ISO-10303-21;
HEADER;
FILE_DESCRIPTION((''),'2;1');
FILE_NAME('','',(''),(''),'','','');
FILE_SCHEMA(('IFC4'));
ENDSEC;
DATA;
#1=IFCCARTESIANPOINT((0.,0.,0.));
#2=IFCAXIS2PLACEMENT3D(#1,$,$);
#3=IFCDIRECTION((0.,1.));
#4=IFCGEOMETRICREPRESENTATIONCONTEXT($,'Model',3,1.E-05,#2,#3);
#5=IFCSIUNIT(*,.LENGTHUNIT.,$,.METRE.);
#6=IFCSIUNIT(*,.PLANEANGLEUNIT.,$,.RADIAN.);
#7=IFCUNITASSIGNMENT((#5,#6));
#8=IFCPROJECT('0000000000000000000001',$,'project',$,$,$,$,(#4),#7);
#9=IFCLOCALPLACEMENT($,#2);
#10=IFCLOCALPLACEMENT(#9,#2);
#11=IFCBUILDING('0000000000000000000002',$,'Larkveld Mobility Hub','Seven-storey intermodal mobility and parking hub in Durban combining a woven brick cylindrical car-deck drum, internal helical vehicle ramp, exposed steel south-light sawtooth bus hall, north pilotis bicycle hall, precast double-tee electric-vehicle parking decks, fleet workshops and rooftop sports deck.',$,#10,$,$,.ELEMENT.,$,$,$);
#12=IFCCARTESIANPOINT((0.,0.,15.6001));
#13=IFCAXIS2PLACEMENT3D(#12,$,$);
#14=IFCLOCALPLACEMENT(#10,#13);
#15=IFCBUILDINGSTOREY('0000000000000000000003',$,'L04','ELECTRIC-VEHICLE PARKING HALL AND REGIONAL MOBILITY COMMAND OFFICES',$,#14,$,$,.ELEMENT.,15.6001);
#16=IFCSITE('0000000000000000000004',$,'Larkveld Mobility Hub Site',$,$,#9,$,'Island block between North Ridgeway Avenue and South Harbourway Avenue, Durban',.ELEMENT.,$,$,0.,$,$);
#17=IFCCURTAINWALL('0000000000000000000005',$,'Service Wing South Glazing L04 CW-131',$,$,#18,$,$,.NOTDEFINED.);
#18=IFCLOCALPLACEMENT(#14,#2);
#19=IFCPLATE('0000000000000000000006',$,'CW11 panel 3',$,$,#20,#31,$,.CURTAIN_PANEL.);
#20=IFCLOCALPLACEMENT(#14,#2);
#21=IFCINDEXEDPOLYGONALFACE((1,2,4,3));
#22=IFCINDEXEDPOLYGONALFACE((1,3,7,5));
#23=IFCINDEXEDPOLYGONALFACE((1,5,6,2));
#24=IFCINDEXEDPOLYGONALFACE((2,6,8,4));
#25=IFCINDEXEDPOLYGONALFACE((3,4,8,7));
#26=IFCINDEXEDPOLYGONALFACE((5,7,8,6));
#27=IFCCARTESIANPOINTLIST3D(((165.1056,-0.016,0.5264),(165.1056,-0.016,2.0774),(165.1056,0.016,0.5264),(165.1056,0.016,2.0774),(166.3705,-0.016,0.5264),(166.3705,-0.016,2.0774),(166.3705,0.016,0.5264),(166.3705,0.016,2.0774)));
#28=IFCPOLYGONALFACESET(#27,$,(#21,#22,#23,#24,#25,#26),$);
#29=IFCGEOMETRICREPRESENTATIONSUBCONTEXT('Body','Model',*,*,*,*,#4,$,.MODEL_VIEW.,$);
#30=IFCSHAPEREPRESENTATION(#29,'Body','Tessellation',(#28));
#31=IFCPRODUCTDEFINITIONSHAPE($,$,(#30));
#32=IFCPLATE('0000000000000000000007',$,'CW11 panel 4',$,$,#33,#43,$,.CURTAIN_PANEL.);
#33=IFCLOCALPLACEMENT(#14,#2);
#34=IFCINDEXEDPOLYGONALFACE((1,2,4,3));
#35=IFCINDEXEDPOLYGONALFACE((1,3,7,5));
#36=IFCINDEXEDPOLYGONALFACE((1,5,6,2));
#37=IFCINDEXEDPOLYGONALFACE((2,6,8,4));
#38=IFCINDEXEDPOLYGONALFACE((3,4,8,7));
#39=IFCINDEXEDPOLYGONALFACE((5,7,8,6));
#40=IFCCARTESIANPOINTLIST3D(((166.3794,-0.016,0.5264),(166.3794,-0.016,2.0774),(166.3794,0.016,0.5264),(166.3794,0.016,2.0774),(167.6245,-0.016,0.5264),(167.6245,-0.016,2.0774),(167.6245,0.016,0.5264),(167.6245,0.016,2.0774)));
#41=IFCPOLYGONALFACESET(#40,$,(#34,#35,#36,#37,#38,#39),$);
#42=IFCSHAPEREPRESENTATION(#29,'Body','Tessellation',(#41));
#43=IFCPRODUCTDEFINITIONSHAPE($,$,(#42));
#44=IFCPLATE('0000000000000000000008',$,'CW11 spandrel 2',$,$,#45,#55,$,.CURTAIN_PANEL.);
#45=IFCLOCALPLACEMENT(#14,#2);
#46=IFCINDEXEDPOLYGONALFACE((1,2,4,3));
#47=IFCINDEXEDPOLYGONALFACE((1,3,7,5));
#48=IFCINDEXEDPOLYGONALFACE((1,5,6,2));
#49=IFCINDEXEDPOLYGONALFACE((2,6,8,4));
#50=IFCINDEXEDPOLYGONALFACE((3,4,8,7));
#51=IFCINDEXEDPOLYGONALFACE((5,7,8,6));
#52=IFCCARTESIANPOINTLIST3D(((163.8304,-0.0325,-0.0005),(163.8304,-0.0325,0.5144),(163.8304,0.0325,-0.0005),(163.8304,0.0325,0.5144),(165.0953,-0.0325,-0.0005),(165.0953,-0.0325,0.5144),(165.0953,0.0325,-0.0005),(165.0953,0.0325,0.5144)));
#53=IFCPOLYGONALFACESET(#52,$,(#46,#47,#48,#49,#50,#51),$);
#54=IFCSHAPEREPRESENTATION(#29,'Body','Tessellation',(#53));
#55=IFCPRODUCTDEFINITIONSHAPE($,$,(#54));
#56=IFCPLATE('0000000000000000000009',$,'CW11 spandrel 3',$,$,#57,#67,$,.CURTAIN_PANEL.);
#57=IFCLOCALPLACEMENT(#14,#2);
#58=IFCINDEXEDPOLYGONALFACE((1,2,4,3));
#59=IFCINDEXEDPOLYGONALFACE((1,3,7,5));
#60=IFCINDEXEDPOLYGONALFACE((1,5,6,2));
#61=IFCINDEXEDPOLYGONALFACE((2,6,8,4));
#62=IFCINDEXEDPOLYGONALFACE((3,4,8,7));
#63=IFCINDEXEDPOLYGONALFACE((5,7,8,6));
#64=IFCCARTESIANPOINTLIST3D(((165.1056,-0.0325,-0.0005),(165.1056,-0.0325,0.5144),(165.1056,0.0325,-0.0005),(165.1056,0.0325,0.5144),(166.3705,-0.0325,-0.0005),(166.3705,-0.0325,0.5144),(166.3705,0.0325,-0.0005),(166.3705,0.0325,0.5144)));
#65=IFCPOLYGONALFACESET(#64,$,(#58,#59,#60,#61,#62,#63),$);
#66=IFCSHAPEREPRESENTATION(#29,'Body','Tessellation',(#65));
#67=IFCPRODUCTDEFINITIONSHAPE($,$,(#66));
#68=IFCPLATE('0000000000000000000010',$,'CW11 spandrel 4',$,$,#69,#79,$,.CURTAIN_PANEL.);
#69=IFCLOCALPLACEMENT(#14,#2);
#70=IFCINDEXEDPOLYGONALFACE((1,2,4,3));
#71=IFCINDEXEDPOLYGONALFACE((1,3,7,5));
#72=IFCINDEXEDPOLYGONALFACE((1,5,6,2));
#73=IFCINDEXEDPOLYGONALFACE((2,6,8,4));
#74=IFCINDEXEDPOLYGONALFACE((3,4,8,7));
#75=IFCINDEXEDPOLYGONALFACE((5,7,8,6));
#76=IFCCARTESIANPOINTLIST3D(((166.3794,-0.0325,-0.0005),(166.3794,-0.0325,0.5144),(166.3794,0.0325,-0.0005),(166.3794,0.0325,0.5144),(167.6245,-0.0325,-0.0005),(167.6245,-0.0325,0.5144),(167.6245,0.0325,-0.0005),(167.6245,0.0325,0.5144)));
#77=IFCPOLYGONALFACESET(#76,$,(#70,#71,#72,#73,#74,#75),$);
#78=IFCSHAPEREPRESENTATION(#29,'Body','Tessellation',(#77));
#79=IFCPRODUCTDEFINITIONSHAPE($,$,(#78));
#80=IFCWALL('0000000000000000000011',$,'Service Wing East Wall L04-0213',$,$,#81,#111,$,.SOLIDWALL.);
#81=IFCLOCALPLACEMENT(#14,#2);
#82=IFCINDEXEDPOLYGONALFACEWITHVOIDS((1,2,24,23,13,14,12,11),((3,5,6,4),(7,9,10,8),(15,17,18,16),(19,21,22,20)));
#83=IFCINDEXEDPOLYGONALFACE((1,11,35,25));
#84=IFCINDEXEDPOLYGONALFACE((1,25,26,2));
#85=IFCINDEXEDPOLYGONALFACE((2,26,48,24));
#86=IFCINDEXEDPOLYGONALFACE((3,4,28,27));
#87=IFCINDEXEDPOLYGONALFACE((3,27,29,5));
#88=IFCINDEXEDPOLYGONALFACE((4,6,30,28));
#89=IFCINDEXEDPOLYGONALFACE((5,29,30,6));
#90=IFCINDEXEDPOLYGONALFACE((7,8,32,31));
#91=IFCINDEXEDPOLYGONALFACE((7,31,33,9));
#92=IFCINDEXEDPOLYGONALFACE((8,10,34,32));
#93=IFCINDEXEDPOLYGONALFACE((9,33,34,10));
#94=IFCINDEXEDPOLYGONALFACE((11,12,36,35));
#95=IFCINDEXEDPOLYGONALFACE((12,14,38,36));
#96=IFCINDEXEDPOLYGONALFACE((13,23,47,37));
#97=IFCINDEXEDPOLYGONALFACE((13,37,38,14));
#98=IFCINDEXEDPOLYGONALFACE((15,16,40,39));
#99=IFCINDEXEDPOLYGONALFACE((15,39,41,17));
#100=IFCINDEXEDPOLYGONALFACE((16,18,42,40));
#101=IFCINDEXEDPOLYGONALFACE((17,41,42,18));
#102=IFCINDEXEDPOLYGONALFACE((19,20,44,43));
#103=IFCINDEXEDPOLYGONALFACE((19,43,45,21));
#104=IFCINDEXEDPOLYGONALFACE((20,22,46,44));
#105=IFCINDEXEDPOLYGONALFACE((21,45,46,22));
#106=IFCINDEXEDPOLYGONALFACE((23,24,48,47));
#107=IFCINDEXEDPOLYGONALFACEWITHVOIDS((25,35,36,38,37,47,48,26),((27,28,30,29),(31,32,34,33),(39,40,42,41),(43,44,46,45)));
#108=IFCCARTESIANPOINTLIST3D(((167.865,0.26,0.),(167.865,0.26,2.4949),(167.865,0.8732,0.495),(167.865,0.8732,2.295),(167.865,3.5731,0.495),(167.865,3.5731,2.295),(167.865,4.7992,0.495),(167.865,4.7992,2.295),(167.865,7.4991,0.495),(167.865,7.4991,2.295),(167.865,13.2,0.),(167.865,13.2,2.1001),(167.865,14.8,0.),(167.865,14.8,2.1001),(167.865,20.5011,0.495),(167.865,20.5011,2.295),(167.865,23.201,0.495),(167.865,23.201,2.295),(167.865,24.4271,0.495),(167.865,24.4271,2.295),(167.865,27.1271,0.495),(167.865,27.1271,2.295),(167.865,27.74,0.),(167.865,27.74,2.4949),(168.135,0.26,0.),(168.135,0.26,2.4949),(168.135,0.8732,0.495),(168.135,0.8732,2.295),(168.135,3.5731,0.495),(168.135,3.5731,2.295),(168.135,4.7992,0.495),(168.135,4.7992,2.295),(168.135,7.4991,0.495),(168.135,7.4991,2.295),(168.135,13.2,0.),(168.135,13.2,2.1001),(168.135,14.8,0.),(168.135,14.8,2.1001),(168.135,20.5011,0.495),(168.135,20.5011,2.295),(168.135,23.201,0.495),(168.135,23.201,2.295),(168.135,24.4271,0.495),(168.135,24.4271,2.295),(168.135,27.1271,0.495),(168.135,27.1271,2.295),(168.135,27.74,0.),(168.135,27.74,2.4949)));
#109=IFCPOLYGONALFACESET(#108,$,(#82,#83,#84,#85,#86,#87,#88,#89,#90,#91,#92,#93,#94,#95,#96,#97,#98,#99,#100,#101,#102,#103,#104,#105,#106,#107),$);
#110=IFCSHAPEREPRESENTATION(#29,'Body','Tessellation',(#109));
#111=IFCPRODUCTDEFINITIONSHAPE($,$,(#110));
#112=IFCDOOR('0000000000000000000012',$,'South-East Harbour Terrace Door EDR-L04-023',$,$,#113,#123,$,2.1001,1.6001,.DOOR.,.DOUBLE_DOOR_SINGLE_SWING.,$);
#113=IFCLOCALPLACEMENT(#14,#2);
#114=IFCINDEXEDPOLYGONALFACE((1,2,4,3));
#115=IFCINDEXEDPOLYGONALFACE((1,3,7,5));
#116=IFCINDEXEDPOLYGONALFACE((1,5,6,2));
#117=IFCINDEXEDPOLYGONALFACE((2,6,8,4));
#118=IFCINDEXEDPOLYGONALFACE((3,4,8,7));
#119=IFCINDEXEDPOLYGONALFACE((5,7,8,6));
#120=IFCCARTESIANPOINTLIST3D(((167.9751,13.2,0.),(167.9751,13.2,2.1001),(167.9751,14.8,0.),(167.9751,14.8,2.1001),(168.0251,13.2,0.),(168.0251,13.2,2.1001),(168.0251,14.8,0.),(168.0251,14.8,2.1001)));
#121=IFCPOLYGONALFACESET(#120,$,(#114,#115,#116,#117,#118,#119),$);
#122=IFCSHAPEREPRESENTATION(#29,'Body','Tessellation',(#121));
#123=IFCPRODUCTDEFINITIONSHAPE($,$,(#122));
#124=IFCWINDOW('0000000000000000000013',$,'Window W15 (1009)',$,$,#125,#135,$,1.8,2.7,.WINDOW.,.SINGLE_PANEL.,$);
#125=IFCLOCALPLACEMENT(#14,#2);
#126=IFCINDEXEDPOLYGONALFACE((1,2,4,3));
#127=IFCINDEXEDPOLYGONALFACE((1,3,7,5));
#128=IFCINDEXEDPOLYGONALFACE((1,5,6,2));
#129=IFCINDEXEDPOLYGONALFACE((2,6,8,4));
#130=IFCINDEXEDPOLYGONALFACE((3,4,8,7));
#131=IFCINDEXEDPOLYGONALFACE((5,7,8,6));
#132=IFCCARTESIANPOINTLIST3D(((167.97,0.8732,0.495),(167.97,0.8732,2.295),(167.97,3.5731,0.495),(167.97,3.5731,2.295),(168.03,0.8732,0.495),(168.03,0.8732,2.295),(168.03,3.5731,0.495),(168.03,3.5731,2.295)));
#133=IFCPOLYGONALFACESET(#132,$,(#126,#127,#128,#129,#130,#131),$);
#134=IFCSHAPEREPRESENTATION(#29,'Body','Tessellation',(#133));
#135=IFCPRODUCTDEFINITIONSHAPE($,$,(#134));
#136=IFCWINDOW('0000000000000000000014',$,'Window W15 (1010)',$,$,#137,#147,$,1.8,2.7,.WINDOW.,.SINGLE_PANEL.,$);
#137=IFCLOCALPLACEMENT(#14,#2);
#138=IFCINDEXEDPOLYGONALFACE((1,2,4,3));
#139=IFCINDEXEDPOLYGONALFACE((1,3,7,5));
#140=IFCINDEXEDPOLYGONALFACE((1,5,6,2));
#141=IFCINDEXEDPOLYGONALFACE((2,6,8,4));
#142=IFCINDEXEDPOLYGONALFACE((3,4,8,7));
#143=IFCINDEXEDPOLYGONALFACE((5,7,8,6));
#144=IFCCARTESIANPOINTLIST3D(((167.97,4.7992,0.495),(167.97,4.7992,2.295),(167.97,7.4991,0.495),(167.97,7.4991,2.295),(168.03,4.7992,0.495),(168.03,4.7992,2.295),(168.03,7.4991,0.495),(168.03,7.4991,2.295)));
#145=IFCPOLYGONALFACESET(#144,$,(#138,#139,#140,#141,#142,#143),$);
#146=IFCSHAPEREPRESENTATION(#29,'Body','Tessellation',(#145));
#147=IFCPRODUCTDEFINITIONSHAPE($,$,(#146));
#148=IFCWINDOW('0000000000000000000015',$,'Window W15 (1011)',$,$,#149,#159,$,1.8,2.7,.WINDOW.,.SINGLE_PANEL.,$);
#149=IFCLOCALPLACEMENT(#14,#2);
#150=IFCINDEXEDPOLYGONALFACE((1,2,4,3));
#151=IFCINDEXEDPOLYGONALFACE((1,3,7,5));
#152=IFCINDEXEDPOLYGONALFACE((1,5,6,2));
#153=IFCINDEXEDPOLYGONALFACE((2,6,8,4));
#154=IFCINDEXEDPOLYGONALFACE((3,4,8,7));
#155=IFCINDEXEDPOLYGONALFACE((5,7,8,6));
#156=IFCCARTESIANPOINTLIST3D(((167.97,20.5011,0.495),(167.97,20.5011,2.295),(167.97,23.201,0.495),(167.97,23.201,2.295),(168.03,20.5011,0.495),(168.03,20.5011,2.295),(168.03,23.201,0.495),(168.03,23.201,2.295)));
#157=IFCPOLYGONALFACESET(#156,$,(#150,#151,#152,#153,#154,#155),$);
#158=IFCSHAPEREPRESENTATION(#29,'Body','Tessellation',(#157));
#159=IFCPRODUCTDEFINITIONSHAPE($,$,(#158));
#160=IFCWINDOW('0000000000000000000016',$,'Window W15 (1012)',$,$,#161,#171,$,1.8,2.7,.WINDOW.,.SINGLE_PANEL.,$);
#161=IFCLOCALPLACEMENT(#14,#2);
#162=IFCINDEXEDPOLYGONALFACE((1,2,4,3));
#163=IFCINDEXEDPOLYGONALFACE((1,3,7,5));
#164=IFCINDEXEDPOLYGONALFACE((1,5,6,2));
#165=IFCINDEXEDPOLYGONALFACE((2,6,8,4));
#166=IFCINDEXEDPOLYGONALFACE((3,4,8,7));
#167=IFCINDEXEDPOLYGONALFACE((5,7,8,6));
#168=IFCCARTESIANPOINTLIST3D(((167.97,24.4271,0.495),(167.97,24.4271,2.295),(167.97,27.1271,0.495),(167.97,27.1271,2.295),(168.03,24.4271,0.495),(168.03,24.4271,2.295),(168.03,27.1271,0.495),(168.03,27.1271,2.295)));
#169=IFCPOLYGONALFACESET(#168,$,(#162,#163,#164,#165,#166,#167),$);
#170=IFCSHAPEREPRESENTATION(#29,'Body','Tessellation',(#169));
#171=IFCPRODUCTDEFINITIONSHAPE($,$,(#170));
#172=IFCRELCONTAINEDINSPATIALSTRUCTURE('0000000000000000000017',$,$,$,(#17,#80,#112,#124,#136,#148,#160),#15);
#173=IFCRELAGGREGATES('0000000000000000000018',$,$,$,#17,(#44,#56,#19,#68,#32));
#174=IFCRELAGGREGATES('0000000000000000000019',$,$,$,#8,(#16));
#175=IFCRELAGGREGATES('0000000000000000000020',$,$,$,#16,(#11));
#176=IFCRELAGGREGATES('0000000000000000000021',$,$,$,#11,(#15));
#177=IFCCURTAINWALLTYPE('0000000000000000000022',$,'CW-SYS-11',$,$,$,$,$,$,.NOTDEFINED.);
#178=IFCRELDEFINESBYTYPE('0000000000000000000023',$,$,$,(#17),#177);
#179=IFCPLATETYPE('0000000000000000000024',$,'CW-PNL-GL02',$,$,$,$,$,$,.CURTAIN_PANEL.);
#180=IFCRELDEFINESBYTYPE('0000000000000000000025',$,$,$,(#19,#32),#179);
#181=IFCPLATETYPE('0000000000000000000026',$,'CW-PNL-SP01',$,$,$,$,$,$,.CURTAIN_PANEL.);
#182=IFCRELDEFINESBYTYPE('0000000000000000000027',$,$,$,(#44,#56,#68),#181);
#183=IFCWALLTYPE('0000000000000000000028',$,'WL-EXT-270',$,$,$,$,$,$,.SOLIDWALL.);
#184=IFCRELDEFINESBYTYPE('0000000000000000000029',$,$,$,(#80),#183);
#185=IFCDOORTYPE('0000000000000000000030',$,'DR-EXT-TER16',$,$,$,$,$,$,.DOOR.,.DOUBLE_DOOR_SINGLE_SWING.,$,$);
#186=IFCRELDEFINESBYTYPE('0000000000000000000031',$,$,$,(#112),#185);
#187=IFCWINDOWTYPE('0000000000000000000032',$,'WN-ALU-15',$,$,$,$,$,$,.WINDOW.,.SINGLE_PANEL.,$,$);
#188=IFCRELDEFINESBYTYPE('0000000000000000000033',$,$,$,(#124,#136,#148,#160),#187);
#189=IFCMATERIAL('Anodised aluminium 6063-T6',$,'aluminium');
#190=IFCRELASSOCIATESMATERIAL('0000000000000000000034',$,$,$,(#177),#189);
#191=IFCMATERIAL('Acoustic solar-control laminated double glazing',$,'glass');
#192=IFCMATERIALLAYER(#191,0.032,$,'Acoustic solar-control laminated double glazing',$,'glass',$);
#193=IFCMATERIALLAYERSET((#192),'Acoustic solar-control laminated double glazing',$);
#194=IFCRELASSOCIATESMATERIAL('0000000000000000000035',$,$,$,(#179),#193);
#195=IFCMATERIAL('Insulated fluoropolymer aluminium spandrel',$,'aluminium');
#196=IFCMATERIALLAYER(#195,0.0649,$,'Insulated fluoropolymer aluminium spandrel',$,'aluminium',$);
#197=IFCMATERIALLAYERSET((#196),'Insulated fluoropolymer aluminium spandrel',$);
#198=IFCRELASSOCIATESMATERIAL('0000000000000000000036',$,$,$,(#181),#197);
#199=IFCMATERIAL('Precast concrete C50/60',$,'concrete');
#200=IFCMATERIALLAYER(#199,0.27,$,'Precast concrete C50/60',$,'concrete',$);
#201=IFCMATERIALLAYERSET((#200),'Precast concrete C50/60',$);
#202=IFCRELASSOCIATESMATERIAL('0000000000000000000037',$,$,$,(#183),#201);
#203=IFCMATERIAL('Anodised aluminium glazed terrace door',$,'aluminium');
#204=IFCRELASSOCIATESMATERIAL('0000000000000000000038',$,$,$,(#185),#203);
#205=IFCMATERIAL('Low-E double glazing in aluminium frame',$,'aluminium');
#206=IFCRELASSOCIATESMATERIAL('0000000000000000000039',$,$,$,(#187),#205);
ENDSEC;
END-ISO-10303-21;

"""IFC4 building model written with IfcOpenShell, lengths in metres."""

from ifc_helpers import new_model, si_unit, direction, frame, frame_2d, origin, origin_2d, place, context, subcontext, project, spatial, rectangle, extrude, material, layer, layer_set, type_object, element, fill, aggregate, save


model = new_model("IFC4")

# Units and contexts
model_context = context("Model", 3, precision=1e-05, world=origin(), true_north=direction((0.0, 1.0)))
body_context = subcontext(model_context, "Body", "Model", "MODEL_VIEW")
ifc_project = project(units=[si_unit("LENGTHUNIT", "METRE"), si_unit("PLANEANGLEUNIT", "RADIAN")], contexts=[model_context])

# Site, building, storey
site_placement = place(None, origin())
site = spatial("IfcSite", under=ifc_project, at=site_placement, Name="Larkveld Mobility Hub Site", LongName="Island block between North Ridgeway Avenue and South Harbourway Avenue, Durban", CompositionType="ELEMENT", RefElevation=0.0)
building_placement = place(site_placement, origin())
building = spatial("IfcBuilding", under=site, at=building_placement, Name="Larkveld Mobility Hub", Description="Seven-storey intermodal mobility and parking hub in Durban combining a woven brick cylindrical car-deck drum, internal helical vehicle ramp, exposed steel south-light sawtooth bus hall, north pilotis bicycle hall, precast double-tee electric-vehicle parking decks, fleet workshops and rooftop sports deck.", CompositionType="ELEMENT")
storey_placement = place(building_placement, frame((0.0, 0.0, 15.6001)))
storey = spatial("IfcBuildingStorey", under=building, at=storey_placement, Name="L04", Description="ELECTRIC-VEHICLE PARKING HALL AND REGIONAL MOBILITY COMMAND OFFICES", CompositionType="ELEMENT", Elevation=15.6001)

# Curtain wall, plates
ifc_material_1 = material(Name="Anodised aluminium 6063-T6", Category="aluminium")
curtain_wall_type = type_object("IfcCurtainWallType", Name="CW-SYS-11", PredefinedType="NOTDEFINED", material=ifc_material_1)
curtain_wall_placement = place(storey_placement, origin())
curtain_wall = element("IfcCurtainWall", 1, at=curtain_wall_placement, inside=storey, type_object=curtain_wall_type, Name="Service Wing South Glazing L04 CW-131", PredefinedType="NOTDEFINED")
ifc_material_2 = material(Name="Acoustic solar-control laminated double glazing", Category="glass")
ifc_layer_1 = layer(ifc_material_2, 0.032, Name="Acoustic solar-control laminated double glazing", Category="glass")
ifc_layer_set_1 = layer_set([ifc_layer_1], Name="Acoustic solar-control laminated double glazing")
plate_type_1 = type_object("IfcPlateType", Name="CW-PNL-GL02", PredefinedType="CURTAIN_PANEL", material=ifc_layer_set_1)
plate_1_placement = place(storey_placement, frame((165.738, 0.0, 0.5264), z_axis=(0.0, 0.0, 1.0), x_axis=(1.0, 0.0, 0.0)))
plate_1 = element("IfcPlate", 2, at=plate_1_placement, type_object=plate_type_1, Name="CW11 panel 3", PredefinedType="CURTAIN_PANEL", context=body_context, shape_type="SweptSolid", body=[
    extrude(rectangle(XDim=1.2649, YDim=0.032, at=origin_2d()), origin(), (0.0, 0.0, 1.0), 1.551),
])
plate_2_placement = place(storey_placement, frame((167.002, 0.0, 0.5264), z_axis=(0.0, 0.0, 1.0), x_axis=(1.0, 0.0, 0.0)))
plate_2 = element("IfcPlate", 3, at=plate_2_placement, type_object=plate_type_1, Name="CW11 panel 4", PredefinedType="CURTAIN_PANEL", context=body_context, shape_type="SweptSolid", body=[
    extrude(rectangle(XDim=1.2451, YDim=0.032, at=origin_2d()), origin(), (0.0, 0.0, 1.0), 1.551),
])
ifc_material_3 = material(Name="Insulated fluoropolymer aluminium spandrel", Category="aluminium")
ifc_layer_2 = layer(ifc_material_3, 0.0649, Name="Insulated fluoropolymer aluminium spandrel", Category="aluminium")
ifc_layer_set_2 = layer_set([ifc_layer_2], Name="Insulated fluoropolymer aluminium spandrel")
plate_type_2 = type_object("IfcPlateType", Name="CW-PNL-SP01", PredefinedType="CURTAIN_PANEL", material=ifc_layer_set_2)
plate_3_placement = place(storey_placement, frame((164.4629, 0.0, -0.0005), z_axis=(0.0, 0.0, 1.0), x_axis=(1.0, 0.0, 0.0)))
plate_3 = element("IfcPlate", 4, at=plate_3_placement, type_object=plate_type_2, Name="CW11 spandrel 2", PredefinedType="CURTAIN_PANEL", context=body_context, shape_type="SweptSolid", body=[
    extrude(rectangle(XDim=1.2649, YDim=0.0649, at=origin_2d()), origin(), (0.0, 0.0, 1.0), 0.5149),
])
plate_4_placement = place(storey_placement, frame((165.738, 0.0, -0.0005), z_axis=(0.0, 0.0, 1.0), x_axis=(1.0, 0.0, 0.0)))
plate_4 = element("IfcPlate", 5, at=plate_4_placement, type_object=plate_type_2, Name="CW11 spandrel 3", PredefinedType="CURTAIN_PANEL", context=body_context, shape_type="SweptSolid", body=[
    extrude(rectangle(XDim=1.2649, YDim=0.0649, at=origin_2d()), origin(), (0.0, 0.0, 1.0), 0.5149),
])
plate_5_placement = place(storey_placement, frame((167.002, 0.0, -0.0005), z_axis=(0.0, 0.0, 1.0), x_axis=(1.0, 0.0, 0.0)))
plate_5 = element("IfcPlate", 6, at=plate_5_placement, type_object=plate_type_2, Name="CW11 spandrel 4", PredefinedType="CURTAIN_PANEL", context=body_context, shape_type="SweptSolid", body=[
    extrude(rectangle(XDim=1.2451, YDim=0.0649, at=origin_2d()), origin(), (0.0, 0.0, 1.0), 0.5149),
])
aggregate(curtain_wall, [plate_3, plate_4, plate_1, plate_5, plate_2])

# Wall, openings, door, windows
ifc_material_4 = material(Name="Precast concrete C50/60", Category="concrete")
ifc_layer_3 = layer(ifc_material_4, 0.27, Name="Precast concrete C50/60", Category="concrete")
ifc_layer_set_3 = layer_set([ifc_layer_3], Name="Precast concrete C50/60")
wall_type_1 = type_object("IfcWallType", Name="WL-EXT-270", PredefinedType="SOLIDWALL", material=ifc_layer_set_3)
wall_1_placement = place(storey_placement, frame((168.0, 0.26, 0.0), z_axis=(0.0, 0.0, 1.0), x_axis=(0.0, 1.0, 0.0)))
wall_1 = element("IfcWall", 7, at=wall_1_placement, inside=storey, type_object=wall_type_1, Name="Service Wing East Wall L04-0213", PredefinedType="SOLIDWALL", context=body_context, shape_type="SweptSolid", body=[
    extrude(rectangle(XDim=27.48, YDim=0.27, at=frame_2d((13.74, 0.0))), origin(), (0.0, 0.0, 1.0), 2.4949),
])
opening_1_placement = place(wall_1_placement, frame((12.9399, 0.0, 0.0)))
opening_1 = element("IfcOpeningElement", 8, at=opening_1_placement, cuts=wall_1, PredefinedType="OPENING", context=body_context, shape_type="SweptSolid", body=[
    extrude(rectangle(XDim=1.6001, YDim=2.1001, at=frame_2d((0.8, 1.05))), frame((0.0, 0.145, 0.0), z_axis=(0.0, -1.0, 0.0), x_axis=(1.0, 0.0, 0.0)), (0.0, 0.0, 1.0), 0.29),
])
opening_2_placement = place(wall_1_placement, frame((0.613, 0.0, 0.4951)))
opening_2 = element("IfcOpeningElement", 9, at=opening_2_placement, cuts=wall_1, PredefinedType="OPENING", context=body_context, shape_type="SweptSolid", body=[
    extrude(rectangle(XDim=2.7, YDim=1.8, at=frame_2d((1.3501, 0.8999))), frame((0.0, 0.145, 0.0), z_axis=(0.0, -1.0, 0.0), x_axis=(1.0, 0.0, 0.0)), (0.0, 0.0, 1.0), 0.29),
])
opening_3_placement = place(wall_1_placement, frame((4.5391, 0.0, 0.4951)))
opening_3 = element("IfcOpeningElement", 10, at=opening_3_placement, cuts=wall_1, PredefinedType="OPENING", context=body_context, shape_type="SweptSolid", body=[
    extrude(rectangle(XDim=2.7, YDim=1.8, at=frame_2d((1.3501, 0.8999))), frame((0.0, 0.145, 0.0), z_axis=(0.0, -1.0, 0.0), x_axis=(1.0, 0.0, 0.0)), (0.0, 0.0, 1.0), 0.29),
])
opening_4_placement = place(wall_1_placement, frame((20.241, 0.0, 0.4951)))
opening_4 = element("IfcOpeningElement", 11, at=opening_4_placement, cuts=wall_1, PredefinedType="OPENING", context=body_context, shape_type="SweptSolid", body=[
    extrude(rectangle(XDim=2.7, YDim=1.8, at=frame_2d((1.3501, 0.8999))), frame((0.0, 0.145, 0.0), z_axis=(0.0, -1.0, 0.0), x_axis=(1.0, 0.0, 0.0)), (0.0, 0.0, 1.0), 0.29),
])
opening_5_placement = place(wall_1_placement, frame((24.167, 0.0, 0.4951)))
opening_5 = element("IfcOpeningElement", 12, at=opening_5_placement, cuts=wall_1, PredefinedType="OPENING", context=body_context, shape_type="SweptSolid", body=[
    extrude(rectangle(XDim=2.7, YDim=1.8, at=frame_2d((1.3501, 0.8999))), frame((0.0, 0.145, 0.0), z_axis=(0.0, -1.0, 0.0), x_axis=(1.0, 0.0, 0.0)), (0.0, 0.0, 1.0), 0.29),
])
ifc_material_5 = material(Name="Anodised aluminium glazed terrace door", Category="aluminium")
door_type = type_object("IfcDoorType", Name="DR-EXT-TER16", OperationType="DOUBLE_DOOR_SINGLE_SWING", PredefinedType="DOOR", material=ifc_material_5)
door_placement = place(opening_1_placement, origin())
door = element("IfcDoor", 13, at=door_placement, inside=storey, type_object=door_type, Name="South-East Harbour Terrace Door EDR-L04-023", OperationType="DOUBLE_DOOR_SINGLE_SWING", OverallHeight=2.1001, OverallWidth=1.6001, PredefinedType="DOOR", context=body_context, shape_type="SweptSolid", body=[
    extrude(rectangle(XDim=1.6001, YDim=2.1001, at=frame_2d((0.8, 1.05))), frame((0.0, 0.0249, 0.0), z_axis=(0.0, -1.0, 0.0), x_axis=(1.0, 0.0, 0.0)), (0.0, 0.0, 1.0), 0.05),
])
fill(opening_1, door)
ifc_material_6 = material(Name="Low-E double glazing in aluminium frame", Category="aluminium")
window_type = type_object("IfcWindowType", Name="WN-ALU-15", PartitioningType="SINGLE_PANEL", PredefinedType="WINDOW", material=ifc_material_6)
window_1_placement = place(opening_2_placement, origin())
window_1 = element("IfcWindow", 14, at=window_1_placement, inside=storey, type_object=window_type, Name="Window W15 (1009)", OverallHeight=1.8, OverallWidth=2.7, PartitioningType="SINGLE_PANEL", PredefinedType="WINDOW", context=body_context, shape_type="SweptSolid", body=[
    extrude(rectangle(XDim=2.7, YDim=1.8, at=frame_2d((1.3501, 0.8999))), frame((0.0, 0.03, 0.0), z_axis=(0.0, -1.0, 0.0), x_axis=(1.0, 0.0, 0.0)), (0.0, 0.0, 1.0), 0.0601),
])
fill(opening_2, window_1)
window_2_placement = place(opening_3_placement, origin())
window_2 = element("IfcWindow", 15, at=window_2_placement, inside=storey, type_object=window_type, Name="Window W15 (1010)", OverallHeight=1.8, OverallWidth=2.7, PartitioningType="SINGLE_PANEL", PredefinedType="WINDOW", context=body_context, shape_type="SweptSolid", body=[
    extrude(rectangle(XDim=2.7, YDim=1.8, at=frame_2d((1.3501, 0.8999))), frame((0.0, 0.03, 0.0), z_axis=(0.0, -1.0, 0.0), x_axis=(1.0, 0.0, 0.0)), (0.0, 0.0, 1.0), 0.0601),
])
fill(opening_3, window_2)
window_3_placement = place(opening_4_placement, origin())
window_3 = element("IfcWindow", 16, at=window_3_placement, inside=storey, type_object=window_type, Name="Window W15 (1011)", OverallHeight=1.8, OverallWidth=2.7, PartitioningType="SINGLE_PANEL", PredefinedType="WINDOW", context=body_context, shape_type="SweptSolid", body=[
    extrude(rectangle(XDim=2.7, YDim=1.8, at=frame_2d((1.3501, 0.8999))), frame((0.0, 0.03, 0.0), z_axis=(0.0, -1.0, 0.0), x_axis=(1.0, 0.0, 0.0)), (0.0, 0.0, 1.0), 0.0601),
])
fill(opening_4, window_3)
window_4_placement = place(opening_5_placement, origin())
window_4 = element("IfcWindow", 17, at=window_4_placement, inside=storey, type_object=window_type, Name="Window W15 (1012)", OverallHeight=1.8, OverallWidth=2.7, PartitioningType="SINGLE_PANEL", PredefinedType="WINDOW", context=body_context, shape_type="SweptSolid", body=[
    extrude(rectangle(XDim=2.7, YDim=1.8, at=frame_2d((1.3501, 0.8999))), frame((0.0, 0.03, 0.0), z_axis=(0.0, -1.0, 0.0), x_axis=(1.0, 0.0, 0.0)), (0.0, 0.0, 1.0), 0.0601),
])
fill(opening_5, window_4)

save(model, "model.ifc")
